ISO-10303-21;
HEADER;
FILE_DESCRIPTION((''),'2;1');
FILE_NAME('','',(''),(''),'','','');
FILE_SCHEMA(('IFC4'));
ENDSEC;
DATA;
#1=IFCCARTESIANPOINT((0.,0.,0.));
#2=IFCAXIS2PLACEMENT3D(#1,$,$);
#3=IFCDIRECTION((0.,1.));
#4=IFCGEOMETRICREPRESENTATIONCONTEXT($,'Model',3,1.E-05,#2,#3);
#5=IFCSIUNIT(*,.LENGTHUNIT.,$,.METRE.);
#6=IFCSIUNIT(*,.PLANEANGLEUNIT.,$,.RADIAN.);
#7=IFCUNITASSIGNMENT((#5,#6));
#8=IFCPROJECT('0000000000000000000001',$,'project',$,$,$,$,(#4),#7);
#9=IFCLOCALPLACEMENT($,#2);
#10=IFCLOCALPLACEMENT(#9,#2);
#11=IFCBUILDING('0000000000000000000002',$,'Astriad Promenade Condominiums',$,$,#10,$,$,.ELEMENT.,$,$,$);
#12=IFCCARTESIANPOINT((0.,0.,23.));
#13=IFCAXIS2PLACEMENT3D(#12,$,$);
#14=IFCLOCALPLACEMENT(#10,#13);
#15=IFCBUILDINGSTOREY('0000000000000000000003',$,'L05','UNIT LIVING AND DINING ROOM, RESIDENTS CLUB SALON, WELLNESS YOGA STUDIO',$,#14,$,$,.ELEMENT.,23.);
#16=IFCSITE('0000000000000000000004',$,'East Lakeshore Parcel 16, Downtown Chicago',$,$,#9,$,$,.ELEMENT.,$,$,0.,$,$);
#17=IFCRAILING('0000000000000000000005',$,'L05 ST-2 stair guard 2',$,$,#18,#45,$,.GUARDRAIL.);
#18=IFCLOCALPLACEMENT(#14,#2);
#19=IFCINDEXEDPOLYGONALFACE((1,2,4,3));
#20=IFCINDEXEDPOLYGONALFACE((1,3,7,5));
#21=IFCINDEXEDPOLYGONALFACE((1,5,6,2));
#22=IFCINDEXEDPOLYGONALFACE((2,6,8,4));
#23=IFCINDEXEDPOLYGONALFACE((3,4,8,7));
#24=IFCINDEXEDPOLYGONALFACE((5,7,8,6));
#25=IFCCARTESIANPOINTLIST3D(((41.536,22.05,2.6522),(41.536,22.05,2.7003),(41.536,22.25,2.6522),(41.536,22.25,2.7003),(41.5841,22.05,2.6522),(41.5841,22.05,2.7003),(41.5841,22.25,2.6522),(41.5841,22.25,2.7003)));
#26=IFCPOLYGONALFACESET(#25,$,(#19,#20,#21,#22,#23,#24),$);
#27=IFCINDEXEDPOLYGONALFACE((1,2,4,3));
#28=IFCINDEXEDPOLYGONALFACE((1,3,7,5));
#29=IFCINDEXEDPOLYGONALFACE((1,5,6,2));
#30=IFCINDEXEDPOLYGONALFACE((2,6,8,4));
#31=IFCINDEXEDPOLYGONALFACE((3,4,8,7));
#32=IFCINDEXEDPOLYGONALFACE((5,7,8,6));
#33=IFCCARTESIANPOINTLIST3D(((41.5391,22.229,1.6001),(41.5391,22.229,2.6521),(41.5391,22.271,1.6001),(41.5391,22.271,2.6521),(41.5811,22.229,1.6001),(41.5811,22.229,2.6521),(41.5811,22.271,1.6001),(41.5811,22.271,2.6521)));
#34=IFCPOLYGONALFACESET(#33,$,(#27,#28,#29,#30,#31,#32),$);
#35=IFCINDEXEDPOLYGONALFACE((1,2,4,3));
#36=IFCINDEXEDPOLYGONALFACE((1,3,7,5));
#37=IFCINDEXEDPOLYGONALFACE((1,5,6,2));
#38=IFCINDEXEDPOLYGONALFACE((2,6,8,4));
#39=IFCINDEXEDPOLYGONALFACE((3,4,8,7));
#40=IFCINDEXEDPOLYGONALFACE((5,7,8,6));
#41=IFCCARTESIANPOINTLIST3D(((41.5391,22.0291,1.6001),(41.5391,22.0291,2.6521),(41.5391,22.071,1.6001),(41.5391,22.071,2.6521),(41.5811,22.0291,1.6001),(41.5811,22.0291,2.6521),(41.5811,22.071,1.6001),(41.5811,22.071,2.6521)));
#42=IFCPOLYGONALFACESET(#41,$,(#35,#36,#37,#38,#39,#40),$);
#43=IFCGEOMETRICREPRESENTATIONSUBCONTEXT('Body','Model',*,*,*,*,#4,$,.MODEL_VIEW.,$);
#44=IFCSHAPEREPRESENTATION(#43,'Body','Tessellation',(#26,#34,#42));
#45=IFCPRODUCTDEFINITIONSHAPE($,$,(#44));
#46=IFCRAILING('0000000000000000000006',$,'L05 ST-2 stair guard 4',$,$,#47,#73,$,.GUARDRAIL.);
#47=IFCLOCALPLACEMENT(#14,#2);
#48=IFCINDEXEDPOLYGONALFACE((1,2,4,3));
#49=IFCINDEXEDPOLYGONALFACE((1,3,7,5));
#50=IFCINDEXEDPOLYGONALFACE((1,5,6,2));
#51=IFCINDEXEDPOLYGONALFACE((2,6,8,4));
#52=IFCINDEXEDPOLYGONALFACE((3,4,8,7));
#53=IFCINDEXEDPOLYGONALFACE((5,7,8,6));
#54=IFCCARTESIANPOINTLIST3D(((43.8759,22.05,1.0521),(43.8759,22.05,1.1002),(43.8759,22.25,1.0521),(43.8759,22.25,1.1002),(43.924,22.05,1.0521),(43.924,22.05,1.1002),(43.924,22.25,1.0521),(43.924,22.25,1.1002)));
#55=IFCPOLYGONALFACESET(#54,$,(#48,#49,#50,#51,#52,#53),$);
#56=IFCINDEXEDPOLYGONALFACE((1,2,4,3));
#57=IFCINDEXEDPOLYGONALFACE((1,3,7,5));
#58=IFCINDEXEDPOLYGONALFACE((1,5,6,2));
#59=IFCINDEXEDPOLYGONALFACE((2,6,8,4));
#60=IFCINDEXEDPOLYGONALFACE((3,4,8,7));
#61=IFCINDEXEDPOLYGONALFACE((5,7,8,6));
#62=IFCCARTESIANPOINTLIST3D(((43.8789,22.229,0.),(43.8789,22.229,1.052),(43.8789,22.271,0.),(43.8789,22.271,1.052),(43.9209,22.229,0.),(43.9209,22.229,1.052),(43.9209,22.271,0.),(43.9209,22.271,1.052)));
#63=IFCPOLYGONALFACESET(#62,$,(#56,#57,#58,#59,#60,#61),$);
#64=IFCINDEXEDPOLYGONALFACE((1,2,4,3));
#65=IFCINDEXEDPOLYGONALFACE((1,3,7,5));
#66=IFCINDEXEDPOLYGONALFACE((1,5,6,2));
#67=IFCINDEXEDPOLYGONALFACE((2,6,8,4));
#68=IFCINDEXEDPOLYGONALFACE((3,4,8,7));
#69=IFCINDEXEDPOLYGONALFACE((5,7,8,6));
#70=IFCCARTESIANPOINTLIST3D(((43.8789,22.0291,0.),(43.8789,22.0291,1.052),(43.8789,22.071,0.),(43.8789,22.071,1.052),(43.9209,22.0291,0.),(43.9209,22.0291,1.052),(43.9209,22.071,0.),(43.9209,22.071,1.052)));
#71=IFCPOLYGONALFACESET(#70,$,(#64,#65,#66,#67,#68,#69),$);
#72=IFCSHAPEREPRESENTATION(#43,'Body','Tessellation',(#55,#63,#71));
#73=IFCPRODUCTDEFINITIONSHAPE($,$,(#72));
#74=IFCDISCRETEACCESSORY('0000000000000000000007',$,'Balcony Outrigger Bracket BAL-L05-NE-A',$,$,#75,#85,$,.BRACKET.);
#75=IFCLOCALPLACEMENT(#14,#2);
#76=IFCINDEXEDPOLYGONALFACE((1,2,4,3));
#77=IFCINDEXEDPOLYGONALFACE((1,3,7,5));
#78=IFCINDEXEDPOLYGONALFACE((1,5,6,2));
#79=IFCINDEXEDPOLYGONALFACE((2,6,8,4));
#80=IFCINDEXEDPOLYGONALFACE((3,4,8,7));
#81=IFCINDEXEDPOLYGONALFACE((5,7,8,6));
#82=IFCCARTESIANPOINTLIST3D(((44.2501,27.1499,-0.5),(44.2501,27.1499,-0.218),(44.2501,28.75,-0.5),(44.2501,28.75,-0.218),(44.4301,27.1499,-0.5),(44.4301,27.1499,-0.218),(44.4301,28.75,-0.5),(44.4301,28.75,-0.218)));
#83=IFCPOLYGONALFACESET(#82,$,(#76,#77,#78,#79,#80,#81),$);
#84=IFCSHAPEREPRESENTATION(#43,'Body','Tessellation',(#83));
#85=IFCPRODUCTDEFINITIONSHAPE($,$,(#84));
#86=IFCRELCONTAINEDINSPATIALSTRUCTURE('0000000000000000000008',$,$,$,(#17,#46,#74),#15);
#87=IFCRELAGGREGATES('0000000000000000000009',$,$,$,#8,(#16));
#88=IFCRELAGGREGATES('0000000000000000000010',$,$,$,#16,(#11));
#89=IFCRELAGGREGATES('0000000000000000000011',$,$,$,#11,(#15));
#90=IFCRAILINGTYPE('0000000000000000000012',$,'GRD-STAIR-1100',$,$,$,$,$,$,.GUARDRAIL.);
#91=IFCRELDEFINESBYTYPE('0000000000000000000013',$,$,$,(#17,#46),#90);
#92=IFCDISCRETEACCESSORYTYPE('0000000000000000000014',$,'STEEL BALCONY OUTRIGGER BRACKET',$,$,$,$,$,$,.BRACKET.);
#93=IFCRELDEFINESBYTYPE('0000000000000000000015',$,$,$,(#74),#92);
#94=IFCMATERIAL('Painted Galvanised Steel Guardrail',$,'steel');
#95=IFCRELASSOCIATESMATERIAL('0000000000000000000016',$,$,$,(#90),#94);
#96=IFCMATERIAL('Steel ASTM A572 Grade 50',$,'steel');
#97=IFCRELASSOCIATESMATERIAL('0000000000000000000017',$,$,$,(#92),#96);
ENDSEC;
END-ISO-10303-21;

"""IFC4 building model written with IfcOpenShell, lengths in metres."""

from ifc_helpers import new_model, si_unit, direction, frame, origin, origin_2d, place, context, subcontext, project, spatial, rectangle, extrude, source, transform, mapped, material, type_object, type_shapes, element, save


model = new_model("IFC4")

# Units and contexts
model_context = context("Model", 3, precision=1e-05, world=origin(), true_north=direction((0.0, 1.0)))
body_context = subcontext(model_context, "Body", "Model", "MODEL_VIEW")
ifc_project = project(units=[si_unit("LENGTHUNIT", "METRE"), si_unit("PLANEANGLEUNIT", "RADIAN")], contexts=[model_context])

# Site, building, storey
site_placement = place(None, origin())
site = spatial("IfcSite", under=ifc_project, at=site_placement, Name="East Lakeshore Parcel 16, Downtown Chicago", CompositionType="ELEMENT", RefElevation=0.0)
building_placement = place(site_placement, origin())
building = spatial("IfcBuilding", under=site, at=building_placement, Name="Astriad Promenade Condominiums", CompositionType="ELEMENT")
storey_placement = place(building_placement, frame((0.0, 0.0, 23.0)))
storey = spatial("IfcBuildingStorey", under=building, at=storey_placement, Name="L05", Description="UNIT LIVING AND DINING ROOM, RESIDENTS CLUB SALON, WELLNESS YOGA STUDIO", CompositionType="ELEMENT", Elevation=23.0)

# Railings
ifc_material_1 = material(Name="Painted Galvanised Steel Guardrail", Category="steel")
railing_type_1 = type_object("IfcRailingType", Name="GRD-STAIR-1100", PredefinedType="GUARDRAIL", material=ifc_material_1)
shared_shape_1 = source(origin(), body_context, "Body", "SweptSolid", [
    extrude(rectangle(XDim=0.0481, YDim=0.0481, at=origin_2d()), frame((0.0, 0.0, 1.0762), z_axis=(0.0, -1.0, 0.0), x_axis=(1.0, 0.0, 0.0)), (0.0, 0.0, 1.0), 0.2),
    extrude(rectangle(XDim=0.042, YDim=0.042, at=origin_2d()), origin(), (0.0, 0.0, 1.0), 1.052),
    extrude(rectangle(XDim=0.042, YDim=0.042, at=origin_2d()), frame((0.0, -0.2, 0.0)), (0.0, 0.0, 1.0), 1.052),
])
for number, where, name in (
    (1, (41.5601, 22.25, 1.6001), "L05 ST-2 stair guard 2"),
    (2, (43.8999, 22.25, 0.0), "L05 ST-2 stair guard 4"),
):
    element("IfcRailing", number, at=place(storey_placement, frame(where)), inside=storey, type_object=railing_type_1, Name=name, PredefinedType="GUARDRAIL", context=body_context, shape_type="MappedRepresentation", body=[
        mapped(shared_shape_1, transform((0.0, 0.0, 0.0), scale=1.0)),
    ])

# Discrete accessory
ifc_material_2 = material(Name="Steel ASTM A572 Grade 50", Category="steel")
discrete_accessory_type = type_object("IfcDiscreteAccessoryType", Name="STEEL BALCONY OUTRIGGER BRACKET", PredefinedType="BRACKET", material=ifc_material_2)
shared_shape_2 = source(origin(), body_context, "Body", "SweptSolid", [
    extrude(rectangle(XDim=1.6001, YDim=0.1799, at=origin_2d()), origin(), (0.0, 0.0, 1.0), 0.282),
])
type_shapes(discrete_accessory_type, [shared_shape_2])
discrete_accessory_placement = place(storey_placement, frame((44.3401, 27.95, -0.5), z_axis=(0.0, 0.0, 1.0), x_axis=(0.0, 1.0, 0.0)))
element("IfcDiscreteAccessory", 3, at=discrete_accessory_placement, inside=storey, type_object=discrete_accessory_type, Name="Balcony Outrigger Bracket BAL-L05-NE-A", PredefinedType="BRACKET", context=body_context, shape_type="MappedRepresentation", body=[
    mapped(shared_shape_2, transform((0.0, 0.0, 0.0), scale=1.0)),
])

save(model, "model.ifc")
